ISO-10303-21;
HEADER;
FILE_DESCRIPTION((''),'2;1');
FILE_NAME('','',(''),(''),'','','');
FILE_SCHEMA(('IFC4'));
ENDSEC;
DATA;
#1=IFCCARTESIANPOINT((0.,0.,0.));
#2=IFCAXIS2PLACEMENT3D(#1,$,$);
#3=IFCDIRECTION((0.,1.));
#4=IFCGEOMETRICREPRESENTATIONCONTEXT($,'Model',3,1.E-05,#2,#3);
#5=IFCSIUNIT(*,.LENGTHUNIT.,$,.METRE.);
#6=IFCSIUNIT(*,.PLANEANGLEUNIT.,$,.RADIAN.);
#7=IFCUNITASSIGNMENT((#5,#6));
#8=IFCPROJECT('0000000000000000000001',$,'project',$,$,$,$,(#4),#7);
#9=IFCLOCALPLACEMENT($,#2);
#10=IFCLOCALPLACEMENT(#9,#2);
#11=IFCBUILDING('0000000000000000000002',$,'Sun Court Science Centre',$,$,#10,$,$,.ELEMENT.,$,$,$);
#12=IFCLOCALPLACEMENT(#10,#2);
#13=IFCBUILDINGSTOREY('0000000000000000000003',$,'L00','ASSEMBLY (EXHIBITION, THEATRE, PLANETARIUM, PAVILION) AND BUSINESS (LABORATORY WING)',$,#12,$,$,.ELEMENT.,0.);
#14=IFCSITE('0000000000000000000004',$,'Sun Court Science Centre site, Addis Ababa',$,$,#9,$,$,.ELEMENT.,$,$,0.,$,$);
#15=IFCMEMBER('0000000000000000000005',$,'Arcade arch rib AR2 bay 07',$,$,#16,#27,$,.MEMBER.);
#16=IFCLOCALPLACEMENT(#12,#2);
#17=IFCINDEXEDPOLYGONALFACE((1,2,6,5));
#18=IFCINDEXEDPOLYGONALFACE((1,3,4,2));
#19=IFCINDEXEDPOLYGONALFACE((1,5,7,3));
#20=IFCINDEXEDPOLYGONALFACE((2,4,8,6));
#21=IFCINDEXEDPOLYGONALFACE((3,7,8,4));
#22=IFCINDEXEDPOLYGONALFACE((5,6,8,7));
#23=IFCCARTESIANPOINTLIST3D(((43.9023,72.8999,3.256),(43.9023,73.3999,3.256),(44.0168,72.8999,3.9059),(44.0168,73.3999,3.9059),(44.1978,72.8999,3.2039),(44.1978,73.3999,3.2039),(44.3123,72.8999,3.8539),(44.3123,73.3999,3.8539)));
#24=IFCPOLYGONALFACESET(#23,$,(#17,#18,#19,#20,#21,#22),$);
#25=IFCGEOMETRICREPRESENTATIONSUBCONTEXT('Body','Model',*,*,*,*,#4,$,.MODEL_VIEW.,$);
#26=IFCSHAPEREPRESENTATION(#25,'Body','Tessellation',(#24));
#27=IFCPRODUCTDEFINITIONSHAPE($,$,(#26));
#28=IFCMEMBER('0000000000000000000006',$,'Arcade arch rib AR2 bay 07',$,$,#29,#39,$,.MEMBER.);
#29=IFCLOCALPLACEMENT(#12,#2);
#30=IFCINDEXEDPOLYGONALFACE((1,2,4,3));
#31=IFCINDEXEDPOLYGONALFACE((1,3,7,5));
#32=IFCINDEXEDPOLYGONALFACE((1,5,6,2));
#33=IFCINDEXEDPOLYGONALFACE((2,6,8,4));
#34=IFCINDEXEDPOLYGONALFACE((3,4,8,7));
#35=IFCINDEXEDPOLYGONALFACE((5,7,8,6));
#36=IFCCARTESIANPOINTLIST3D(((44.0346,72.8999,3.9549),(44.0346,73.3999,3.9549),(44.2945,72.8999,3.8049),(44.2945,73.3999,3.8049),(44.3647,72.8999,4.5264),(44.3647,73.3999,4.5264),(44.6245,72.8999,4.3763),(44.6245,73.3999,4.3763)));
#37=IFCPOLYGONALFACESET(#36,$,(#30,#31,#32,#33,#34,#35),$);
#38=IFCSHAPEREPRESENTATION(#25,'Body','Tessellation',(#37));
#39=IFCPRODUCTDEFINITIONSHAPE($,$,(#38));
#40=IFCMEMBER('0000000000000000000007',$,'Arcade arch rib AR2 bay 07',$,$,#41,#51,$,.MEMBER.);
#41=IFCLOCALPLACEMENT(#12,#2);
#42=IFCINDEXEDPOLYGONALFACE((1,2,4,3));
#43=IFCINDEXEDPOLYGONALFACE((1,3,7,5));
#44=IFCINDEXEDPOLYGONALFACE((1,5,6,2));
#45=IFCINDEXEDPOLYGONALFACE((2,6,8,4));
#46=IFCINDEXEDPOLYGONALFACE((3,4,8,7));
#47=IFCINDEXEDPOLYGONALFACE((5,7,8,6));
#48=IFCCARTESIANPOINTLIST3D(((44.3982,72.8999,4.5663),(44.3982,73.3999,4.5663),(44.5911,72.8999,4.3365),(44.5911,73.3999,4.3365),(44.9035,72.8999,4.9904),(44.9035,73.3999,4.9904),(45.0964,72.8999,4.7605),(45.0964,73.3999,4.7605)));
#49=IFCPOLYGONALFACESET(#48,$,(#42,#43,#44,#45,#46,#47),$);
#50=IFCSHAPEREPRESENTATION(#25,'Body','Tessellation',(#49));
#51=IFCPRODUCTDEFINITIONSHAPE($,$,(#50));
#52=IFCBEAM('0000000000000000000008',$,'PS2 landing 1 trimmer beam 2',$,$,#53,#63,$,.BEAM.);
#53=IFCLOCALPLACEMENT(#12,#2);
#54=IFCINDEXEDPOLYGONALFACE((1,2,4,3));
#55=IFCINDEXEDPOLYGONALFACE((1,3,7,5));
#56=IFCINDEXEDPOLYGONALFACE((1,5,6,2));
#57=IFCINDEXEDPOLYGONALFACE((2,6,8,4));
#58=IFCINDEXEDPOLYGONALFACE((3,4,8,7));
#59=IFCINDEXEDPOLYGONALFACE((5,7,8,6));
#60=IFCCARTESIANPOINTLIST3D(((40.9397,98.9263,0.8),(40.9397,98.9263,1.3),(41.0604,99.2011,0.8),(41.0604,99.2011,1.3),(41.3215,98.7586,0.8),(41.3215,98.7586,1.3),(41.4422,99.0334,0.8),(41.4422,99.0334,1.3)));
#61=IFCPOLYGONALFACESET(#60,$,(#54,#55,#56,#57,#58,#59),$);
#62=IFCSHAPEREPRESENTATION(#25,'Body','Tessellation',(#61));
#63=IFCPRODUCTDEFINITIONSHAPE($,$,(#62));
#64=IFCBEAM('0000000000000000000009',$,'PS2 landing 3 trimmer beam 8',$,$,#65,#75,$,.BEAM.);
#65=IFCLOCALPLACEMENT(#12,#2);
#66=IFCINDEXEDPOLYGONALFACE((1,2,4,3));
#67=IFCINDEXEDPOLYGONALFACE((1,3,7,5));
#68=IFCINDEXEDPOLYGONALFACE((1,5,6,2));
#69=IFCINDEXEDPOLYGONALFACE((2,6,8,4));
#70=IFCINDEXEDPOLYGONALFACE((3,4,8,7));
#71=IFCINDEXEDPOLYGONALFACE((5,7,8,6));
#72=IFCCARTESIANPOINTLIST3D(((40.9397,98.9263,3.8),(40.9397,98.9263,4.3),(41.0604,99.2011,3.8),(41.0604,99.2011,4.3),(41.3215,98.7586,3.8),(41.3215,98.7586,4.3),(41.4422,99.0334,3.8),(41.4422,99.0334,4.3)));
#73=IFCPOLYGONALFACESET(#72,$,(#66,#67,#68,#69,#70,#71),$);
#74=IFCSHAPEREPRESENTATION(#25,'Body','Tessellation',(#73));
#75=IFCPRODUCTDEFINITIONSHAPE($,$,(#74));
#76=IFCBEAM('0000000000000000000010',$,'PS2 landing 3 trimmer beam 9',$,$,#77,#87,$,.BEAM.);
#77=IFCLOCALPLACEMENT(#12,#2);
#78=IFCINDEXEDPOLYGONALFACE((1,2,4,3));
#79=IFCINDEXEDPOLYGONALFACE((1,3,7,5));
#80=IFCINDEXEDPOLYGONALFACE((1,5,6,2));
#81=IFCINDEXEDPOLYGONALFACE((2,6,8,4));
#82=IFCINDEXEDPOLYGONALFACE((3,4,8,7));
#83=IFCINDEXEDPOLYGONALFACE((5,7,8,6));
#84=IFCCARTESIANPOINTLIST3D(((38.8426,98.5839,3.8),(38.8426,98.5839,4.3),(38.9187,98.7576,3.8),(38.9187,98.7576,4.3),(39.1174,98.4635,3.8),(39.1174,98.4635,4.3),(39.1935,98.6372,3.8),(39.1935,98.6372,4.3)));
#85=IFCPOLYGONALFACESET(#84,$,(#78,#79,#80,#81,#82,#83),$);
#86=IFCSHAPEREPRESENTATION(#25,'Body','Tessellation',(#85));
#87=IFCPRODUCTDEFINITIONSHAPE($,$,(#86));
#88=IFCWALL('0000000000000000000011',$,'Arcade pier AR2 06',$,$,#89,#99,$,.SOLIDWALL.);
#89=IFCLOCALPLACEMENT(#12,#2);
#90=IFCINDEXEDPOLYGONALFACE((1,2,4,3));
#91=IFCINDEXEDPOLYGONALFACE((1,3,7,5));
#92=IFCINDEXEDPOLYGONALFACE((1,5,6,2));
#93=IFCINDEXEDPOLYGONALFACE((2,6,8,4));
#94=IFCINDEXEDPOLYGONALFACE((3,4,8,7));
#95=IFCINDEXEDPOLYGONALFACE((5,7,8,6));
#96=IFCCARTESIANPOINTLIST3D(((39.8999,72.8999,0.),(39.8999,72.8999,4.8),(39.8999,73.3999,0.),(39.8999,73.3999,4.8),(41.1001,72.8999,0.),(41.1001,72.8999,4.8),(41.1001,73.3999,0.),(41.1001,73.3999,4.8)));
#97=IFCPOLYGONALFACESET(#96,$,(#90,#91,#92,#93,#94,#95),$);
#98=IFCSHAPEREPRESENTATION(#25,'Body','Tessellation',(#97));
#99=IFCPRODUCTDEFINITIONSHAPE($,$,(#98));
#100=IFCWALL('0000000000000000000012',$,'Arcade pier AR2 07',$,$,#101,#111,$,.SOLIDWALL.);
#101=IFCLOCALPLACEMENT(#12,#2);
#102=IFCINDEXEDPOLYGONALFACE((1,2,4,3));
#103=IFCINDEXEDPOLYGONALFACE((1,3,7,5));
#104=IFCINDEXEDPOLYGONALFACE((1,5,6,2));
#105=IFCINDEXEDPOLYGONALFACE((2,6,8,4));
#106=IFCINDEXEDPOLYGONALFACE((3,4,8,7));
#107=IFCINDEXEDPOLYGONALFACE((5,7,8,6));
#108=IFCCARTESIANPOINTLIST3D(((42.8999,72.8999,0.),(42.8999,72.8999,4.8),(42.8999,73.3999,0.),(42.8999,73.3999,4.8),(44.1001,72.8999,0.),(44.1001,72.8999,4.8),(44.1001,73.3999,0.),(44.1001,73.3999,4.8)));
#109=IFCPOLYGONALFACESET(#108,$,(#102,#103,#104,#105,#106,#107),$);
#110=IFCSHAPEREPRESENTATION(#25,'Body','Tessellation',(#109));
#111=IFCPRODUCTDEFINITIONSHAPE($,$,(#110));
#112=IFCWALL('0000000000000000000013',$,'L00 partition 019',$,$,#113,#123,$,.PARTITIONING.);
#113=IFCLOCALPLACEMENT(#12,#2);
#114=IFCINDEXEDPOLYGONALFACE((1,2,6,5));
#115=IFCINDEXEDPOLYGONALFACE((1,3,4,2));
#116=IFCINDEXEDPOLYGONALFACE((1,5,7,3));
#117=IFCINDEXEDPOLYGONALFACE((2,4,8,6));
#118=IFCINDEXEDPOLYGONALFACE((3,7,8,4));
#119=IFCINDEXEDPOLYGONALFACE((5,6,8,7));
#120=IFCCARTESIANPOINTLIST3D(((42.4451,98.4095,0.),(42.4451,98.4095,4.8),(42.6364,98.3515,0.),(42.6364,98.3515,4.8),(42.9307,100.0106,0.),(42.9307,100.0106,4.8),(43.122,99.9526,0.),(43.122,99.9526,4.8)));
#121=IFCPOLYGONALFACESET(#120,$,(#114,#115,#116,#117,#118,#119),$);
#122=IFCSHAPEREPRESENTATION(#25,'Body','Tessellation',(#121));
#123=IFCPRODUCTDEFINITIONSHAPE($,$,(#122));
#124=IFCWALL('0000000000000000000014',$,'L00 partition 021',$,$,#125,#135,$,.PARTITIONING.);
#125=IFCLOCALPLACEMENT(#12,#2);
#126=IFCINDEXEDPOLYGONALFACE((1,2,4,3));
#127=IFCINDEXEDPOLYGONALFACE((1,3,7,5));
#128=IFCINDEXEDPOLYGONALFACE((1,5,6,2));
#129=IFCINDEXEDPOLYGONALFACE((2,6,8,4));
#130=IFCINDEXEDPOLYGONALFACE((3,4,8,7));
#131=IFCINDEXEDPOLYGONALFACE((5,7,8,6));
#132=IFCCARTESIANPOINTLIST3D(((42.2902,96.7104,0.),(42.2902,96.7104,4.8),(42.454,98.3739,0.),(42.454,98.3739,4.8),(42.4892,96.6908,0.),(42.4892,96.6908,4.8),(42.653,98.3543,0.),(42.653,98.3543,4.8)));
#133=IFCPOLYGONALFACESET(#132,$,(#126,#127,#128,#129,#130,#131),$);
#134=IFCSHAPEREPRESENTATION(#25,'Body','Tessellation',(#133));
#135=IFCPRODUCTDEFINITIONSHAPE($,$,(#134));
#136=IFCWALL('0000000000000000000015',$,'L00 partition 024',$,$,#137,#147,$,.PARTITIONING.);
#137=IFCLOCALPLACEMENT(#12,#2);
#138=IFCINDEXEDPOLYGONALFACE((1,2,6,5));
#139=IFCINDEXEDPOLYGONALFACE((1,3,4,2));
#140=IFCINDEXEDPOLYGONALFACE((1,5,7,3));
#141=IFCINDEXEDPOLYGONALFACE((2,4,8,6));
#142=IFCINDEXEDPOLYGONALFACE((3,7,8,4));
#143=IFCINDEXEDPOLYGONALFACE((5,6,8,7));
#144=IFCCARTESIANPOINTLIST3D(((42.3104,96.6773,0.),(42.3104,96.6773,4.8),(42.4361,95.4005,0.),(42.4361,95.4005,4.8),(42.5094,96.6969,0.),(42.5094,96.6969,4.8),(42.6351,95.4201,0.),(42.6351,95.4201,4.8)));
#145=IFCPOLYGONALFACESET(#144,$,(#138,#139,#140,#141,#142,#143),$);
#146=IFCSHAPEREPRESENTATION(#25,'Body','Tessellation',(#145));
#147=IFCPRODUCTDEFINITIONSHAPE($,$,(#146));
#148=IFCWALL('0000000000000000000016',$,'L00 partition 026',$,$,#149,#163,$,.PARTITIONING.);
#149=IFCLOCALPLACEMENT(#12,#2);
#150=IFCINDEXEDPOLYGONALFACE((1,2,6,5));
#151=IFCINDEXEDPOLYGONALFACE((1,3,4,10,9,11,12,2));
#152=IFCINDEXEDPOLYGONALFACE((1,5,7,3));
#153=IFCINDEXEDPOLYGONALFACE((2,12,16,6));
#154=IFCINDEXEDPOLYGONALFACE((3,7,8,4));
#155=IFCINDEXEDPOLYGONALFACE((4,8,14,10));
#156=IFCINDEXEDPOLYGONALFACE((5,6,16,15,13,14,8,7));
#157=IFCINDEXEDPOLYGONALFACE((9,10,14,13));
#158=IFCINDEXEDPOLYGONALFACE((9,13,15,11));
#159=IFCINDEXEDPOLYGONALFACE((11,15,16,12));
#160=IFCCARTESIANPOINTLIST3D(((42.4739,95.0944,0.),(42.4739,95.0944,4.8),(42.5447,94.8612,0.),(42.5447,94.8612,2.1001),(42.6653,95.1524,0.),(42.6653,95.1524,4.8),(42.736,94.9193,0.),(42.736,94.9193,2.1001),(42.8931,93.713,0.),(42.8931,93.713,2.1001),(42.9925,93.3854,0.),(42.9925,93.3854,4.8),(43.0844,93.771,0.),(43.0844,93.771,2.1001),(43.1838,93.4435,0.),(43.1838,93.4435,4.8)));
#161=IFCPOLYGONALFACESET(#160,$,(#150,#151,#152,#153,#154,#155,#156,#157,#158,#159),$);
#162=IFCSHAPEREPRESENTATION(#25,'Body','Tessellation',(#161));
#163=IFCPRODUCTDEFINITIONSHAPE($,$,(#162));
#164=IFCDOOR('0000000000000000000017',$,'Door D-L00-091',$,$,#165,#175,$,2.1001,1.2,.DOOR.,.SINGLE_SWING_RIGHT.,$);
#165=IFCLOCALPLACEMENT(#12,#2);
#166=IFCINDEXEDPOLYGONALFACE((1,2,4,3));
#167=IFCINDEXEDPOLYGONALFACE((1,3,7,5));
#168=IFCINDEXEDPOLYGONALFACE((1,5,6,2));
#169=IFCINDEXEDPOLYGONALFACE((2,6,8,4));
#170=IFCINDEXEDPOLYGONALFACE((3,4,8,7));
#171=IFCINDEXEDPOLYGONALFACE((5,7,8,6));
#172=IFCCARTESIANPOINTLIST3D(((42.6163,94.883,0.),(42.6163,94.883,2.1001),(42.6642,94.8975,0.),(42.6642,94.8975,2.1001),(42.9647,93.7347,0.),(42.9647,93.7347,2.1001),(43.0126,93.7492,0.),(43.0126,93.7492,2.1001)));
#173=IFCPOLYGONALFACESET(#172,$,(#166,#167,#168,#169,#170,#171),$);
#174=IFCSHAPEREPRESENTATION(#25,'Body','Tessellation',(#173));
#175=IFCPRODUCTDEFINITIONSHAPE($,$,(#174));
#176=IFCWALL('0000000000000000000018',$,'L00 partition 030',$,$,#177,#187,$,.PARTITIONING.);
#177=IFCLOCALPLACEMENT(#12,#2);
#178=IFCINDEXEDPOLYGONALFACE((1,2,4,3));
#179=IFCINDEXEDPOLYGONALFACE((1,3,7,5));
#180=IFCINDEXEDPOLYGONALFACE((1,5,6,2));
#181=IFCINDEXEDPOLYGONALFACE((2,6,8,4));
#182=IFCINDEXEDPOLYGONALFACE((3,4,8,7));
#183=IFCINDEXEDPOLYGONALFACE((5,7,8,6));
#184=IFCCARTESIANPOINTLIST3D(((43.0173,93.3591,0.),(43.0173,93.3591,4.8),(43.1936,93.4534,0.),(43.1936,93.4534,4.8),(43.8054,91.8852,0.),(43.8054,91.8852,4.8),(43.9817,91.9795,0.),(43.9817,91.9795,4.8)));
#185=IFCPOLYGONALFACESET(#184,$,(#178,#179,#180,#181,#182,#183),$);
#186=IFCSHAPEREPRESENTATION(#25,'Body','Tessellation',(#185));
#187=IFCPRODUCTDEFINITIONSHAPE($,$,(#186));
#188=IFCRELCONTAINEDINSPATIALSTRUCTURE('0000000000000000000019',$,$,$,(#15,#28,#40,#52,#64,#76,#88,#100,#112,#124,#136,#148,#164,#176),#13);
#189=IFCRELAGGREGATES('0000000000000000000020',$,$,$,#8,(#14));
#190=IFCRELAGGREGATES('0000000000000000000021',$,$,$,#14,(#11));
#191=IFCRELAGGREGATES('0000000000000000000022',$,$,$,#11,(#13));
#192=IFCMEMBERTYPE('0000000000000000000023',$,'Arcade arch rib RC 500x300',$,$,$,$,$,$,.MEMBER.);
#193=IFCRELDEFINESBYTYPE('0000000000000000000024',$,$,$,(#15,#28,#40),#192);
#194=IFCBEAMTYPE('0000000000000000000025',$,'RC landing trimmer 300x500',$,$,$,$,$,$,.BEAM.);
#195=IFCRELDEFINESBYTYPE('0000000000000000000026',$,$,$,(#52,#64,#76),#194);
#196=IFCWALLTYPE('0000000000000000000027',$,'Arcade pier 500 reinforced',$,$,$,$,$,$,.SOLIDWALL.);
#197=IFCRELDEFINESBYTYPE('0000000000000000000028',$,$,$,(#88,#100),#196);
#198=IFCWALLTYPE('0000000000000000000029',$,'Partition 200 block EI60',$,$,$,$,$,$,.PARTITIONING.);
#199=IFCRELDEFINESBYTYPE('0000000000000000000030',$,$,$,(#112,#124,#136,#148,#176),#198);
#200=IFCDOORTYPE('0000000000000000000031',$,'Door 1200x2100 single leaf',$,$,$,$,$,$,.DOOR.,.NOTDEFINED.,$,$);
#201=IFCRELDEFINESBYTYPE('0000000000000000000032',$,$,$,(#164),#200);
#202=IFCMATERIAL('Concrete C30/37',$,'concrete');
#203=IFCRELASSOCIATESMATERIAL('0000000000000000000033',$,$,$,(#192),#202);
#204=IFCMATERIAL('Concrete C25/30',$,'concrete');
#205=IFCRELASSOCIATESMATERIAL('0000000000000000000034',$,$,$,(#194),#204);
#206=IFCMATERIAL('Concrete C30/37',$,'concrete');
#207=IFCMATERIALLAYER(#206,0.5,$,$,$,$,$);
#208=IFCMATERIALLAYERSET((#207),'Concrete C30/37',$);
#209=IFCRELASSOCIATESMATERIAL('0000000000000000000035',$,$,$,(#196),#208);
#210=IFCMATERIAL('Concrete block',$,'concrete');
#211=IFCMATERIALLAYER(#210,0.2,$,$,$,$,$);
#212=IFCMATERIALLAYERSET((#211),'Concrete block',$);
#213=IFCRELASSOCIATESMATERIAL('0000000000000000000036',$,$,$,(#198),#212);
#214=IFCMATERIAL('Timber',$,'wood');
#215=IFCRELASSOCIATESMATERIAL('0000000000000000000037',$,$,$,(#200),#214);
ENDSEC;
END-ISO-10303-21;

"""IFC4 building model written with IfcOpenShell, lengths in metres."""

from ifc_helpers import new_model, si_unit, direction, frame, frame_2d, origin, origin_2d, place, context, subcontext, project, spatial, rectangle, extrude, material, layer, layer_set, material_profile, profile_set, type_object, element, fill, save


model = new_model("IFC4")

# Units and contexts
model_context = context("Model", 3, precision=1e-05, world=origin(), true_north=direction((0.0, 1.0)))
body_context = subcontext(model_context, "Body", "Model", "MODEL_VIEW")
ifc_project = project(units=[si_unit("LENGTHUNIT", "METRE"), si_unit("PLANEANGLEUNIT", "RADIAN")], contexts=[model_context])

# Site, building, storey
site_placement = place(None, origin())
site = spatial("IfcSite", under=ifc_project, at=site_placement, Name="Sun Court Science Centre site, Addis Ababa", CompositionType="ELEMENT", RefElevation=0.0)
building_placement = place(site_placement, origin())
building = spatial("IfcBuilding", under=site, at=building_placement, Name="Sun Court Science Centre", CompositionType="ELEMENT")
storey_placement = place(building_placement, origin())
storey = spatial("IfcBuildingStorey", under=building, at=storey_placement, Name="L00", Description="ASSEMBLY (EXHIBITION, THEATRE, PLANETARIUM, PAVILION) AND BUSINESS (LABORATORY WING)", CompositionType="ELEMENT", Elevation=0.0)

# Members
ifc_material_1 = material(Name="Concrete C30/37", Category="concrete")
ifc_material_profile_1 = material_profile(ifc_material_1, rectangle(XDim=0.5, YDim=0.3, at=origin_2d()), Name="RC 500x300")
ifc_profile_set_1 = profile_set([ifc_material_profile_1], Name="Concrete C30/37")
member_type = type_object("IfcMemberType", Name="Arcade arch rib RC 500x300", PredefinedType="MEMBER", material=ifc_profile_set_1)
for number, where, z_axis, x_axis, name in (
    (1, (44.05, 73.1499, 3.23), (0.173511, 0.0, 0.984832), (0.0, 1.0, 0.0), "Arcade arch rib AR2 bay 07"),
    (2, (44.1646, 73.1499, 3.8799), (0.500117, 0.0, 0.865958), (0.0, 1.0, 0.0), "Arcade arch rib AR2 bay 07"),
):
    element("IfcMember", number, at=place(storey_placement, frame(where, z_axis=z_axis, x_axis=x_axis)), inside=storey, type_object=member_type, Name=name, PredefinedType="MEMBER", context=body_context, shape_type="SweptSolid", body=[
        extrude(rectangle(XDim=0.5, YDim=0.3, at=origin_2d()), origin(), (0.0, 0.0, 1.0), 0.6599),
    ])
member_1_placement = place(storey_placement, frame((44.4946, 73.1499, 4.4514), z_axis=(0.766033, 0.0, 0.642801), x_axis=(0.0, 1.0, 0.0)))
element("IfcMember", 3, at=member_1_placement, inside=storey, type_object=member_type, Name="Arcade arch rib AR2 bay 07", PredefinedType="MEMBER", context=body_context, shape_type="SweptSolid", body=[
    extrude(rectangle(XDim=0.5, YDim=0.3, at=origin_2d()), origin(), (0.0, 0.0, 1.0), 0.6597),
])

# Beams
ifc_material_2 = material(Name="Concrete C25/30", Category="concrete")
ifc_material_profile_2 = material_profile(ifc_material_2, rectangle(XDim=0.3, YDim=0.5, at=origin_2d()), Name="RC 300x500")
ifc_profile_set_2 = profile_set([ifc_material_profile_2], Name="Concrete C25/30")
beam_type = type_object("IfcBeamType", Name="RC landing trimmer 300x500", PredefinedType="BEAM", material=ifc_profile_set_2)
for number, where, z_axis, x_axis, name in (
    (4, (41.3818, 98.896, 1.05), (-0.915565, 0.40217, 0.0), (-0.40217, -0.915565, 0.0), "PS2 landing 1 trimmer beam 2"),
    (5, (41.3818, 98.896, 4.05), (-0.915565, 0.40217, 0.0), (-0.40217, -0.915565, 0.0), "PS2 landing 3 trimmer beam 8"),
):
    element("IfcBeam", number, at=place(storey_placement, frame(where, z_axis=z_axis, x_axis=x_axis)), inside=storey, type_object=beam_type, Name=name, PredefinedType="BEAM", context=body_context, shape_type="SweptSolid", body=[
        extrude(rectangle(XDim=0.3, YDim=0.5, at=origin_2d()), origin(), (0.0, 0.0, 1.0), 0.417),
    ])
beam_placement = place(storey_placement, frame((38.98, 98.5237, 4.05), z_axis=(0.401359, 0.915921, 0.0), x_axis=(-0.915921, 0.401359, 0.0)))
element("IfcBeam", 6, at=beam_placement, inside=storey, type_object=beam_type, Name="PS2 landing 3 trimmer beam 9", PredefinedType="BEAM", context=body_context, shape_type="SweptSolid", body=[
    extrude(rectangle(XDim=0.3, YDim=0.5, at=origin_2d()), origin(), (0.0, 0.0, 1.0), 0.1897),
])

# Walls
ifc_material_3 = material(Name="Concrete C30/37", Category="concrete")
ifc_layer_1 = layer(ifc_material_3, 0.5)
ifc_layer_set_1 = layer_set([ifc_layer_1], Name="Concrete C30/37")
wall_type_1 = type_object("IfcWallType", Name="Arcade pier 500 reinforced", PredefinedType="SOLIDWALL", material=ifc_layer_set_1)
for number, where, z_axis, x_axis, name in (
    (7, (39.8999, 73.1499, 0.0), (0.0, 0.0, 1.0), (1.0, 0.0, 0.0), "Arcade pier AR2 06"),
    (8, (42.8999, 73.1499, 0.0), (0.0, 0.0, 1.0), (1.0, 0.0, 0.0), "Arcade pier AR2 07"),
):
    element("IfcWall", number, at=place(storey_placement, frame(where, z_axis=z_axis, x_axis=x_axis)), inside=storey, type_object=wall_type_1, Name=name, PredefinedType="SOLIDWALL", context=body_context, shape_type="SweptSolid", body=[
        extrude(rectangle(XDim=1.2002, YDim=0.5, at=frame_2d((0.6001, 0.0))), origin(), (0.0, 0.0, 1.0), 4.8),
    ])
ifc_material_4 = material(Name="Concrete block", Category="concrete")
ifc_layer_2 = layer(ifc_material_4, 0.2)
ifc_layer_set_2 = layer_set([ifc_layer_2], Name="Concrete block")
wall_type_2 = type_object("IfcWallType", Name="Partition 200 block EI60", PredefinedType="PARTITIONING", material=ifc_layer_set_2)
wall_1_placement = place(storey_placement, frame((42.5408, 98.3806, 0.0), z_axis=(0.0, 0.0, 1.0), x_axis=(0.290238, 0.956954, 0.0)))
element("IfcWall", 9, at=wall_1_placement, inside=storey, type_object=wall_type_2, Name="L00 partition 019", PredefinedType="PARTITIONING", context=body_context, shape_type="SweptSolid", body=[
    extrude(rectangle(XDim=1.6731, YDim=0.2, at=frame_2d((0.8364, 0.0))), origin(), (0.0, 0.0, 1.0), 4.8),
])
wall_2_placement = place(storey_placement, frame((42.3896, 96.7004, 0.0), z_axis=(0.0, 0.0, 1.0), x_axis=(0.098, 0.995186, 0.0)))
element("IfcWall", 10, at=wall_2_placement, inside=storey, type_object=wall_type_2, Name="L00 partition 021", PredefinedType="PARTITIONING", context=body_context, shape_type="SweptSolid", body=[
    extrude(rectangle(XDim=1.6716, YDim=0.2, at=frame_2d((0.8359, 0.0))), origin(), (0.0, 0.0, 1.0), 4.8),
])
wall_3_placement = place(storey_placement, frame((42.5356, 95.4102, 0.0), z_axis=(0.0, 0.0, 1.0), x_axis=(-0.097996, 0.995187, 0.0)))
element("IfcWall", 11, at=wall_3_placement, inside=storey, type_object=wall_type_2, Name="L00 partition 024", PredefinedType="PARTITIONING", context=body_context, shape_type="SweptSolid", body=[
    extrude(rectangle(XDim=1.283, YDim=0.2, at=frame_2d((0.6416, 0.0))), origin(), (0.0, 0.0, 1.0), 4.8),
])

# Wall, opening, door
wall_4_placement = place(storey_placement, frame((42.5696, 95.1235, 0.0), z_axis=(0.0, 0.0, 1.0), x_axis=(0.290356, -0.956919, 0.0)))
wall_4 = element("IfcWall", 12, at=wall_4_placement, inside=storey, type_object=wall_type_2, Name="L00 partition 026", PredefinedType="PARTITIONING", context=body_context, shape_type="SweptSolid", body=[
    extrude(rectangle(XDim=1.7859, YDim=0.2, at=frame_2d((0.8931, 0.0))), origin(), (0.0, 0.0, 1.0), 4.8),
])
opening_placement = place(wall_4_placement, frame((0.2437, 0.0, 0.0)))
opening = element("IfcOpeningElement", 13, at=opening_placement, cuts=wall_4, PredefinedType="OPENING", context=body_context, shape_type="SweptSolid", body=[
    extrude(rectangle(XDim=1.2, YDim=2.1001, at=frame_2d((0.6001, 1.05))), frame((0.0, 0.1099, 0.0), z_axis=(0.0, -1.0, 0.0), x_axis=(1.0, 0.0, 0.0)), (0.0, 0.0, 1.0), 0.22),
])
ifc_material_5 = material(Name="Timber", Category="wood")
door_type = type_object("IfcDoorType", Name="Door 1200x2100 single leaf", OperationType="NOTDEFINED", PredefinedType="DOOR", material=ifc_material_5)
door_placement = place(opening_placement, origin())
door = element("IfcDoor", 14, at=door_placement, inside=storey, type_object=door_type, Name="Door D-L00-091", OperationType="SINGLE_SWING_RIGHT", OverallHeight=2.1001, OverallWidth=1.2, PredefinedType="DOOR", context=body_context, shape_type="SweptSolid", body=[
    extrude(rectangle(XDim=1.2, YDim=2.1001, at=frame_2d((0.6001, 1.05))), frame((0.0, 0.0249, 0.0), z_axis=(0.0, -1.0, 0.0), x_axis=(1.0, 0.0, 0.0)), (0.0, 0.0, 1.0), 0.05),
])
fill(opening, door)

# Wall
wall_5_placement = place(storey_placement, frame((43.8936, 91.9324, 0.0), z_axis=(0.0, 0.0, 1.0), x_axis=(-0.471528, 0.881851, 0.0)))
element("IfcWall", 15, at=wall_5_placement, inside=storey, type_object=wall_type_2, Name="L00 partition 030", PredefinedType="PARTITIONING", context=body_context, shape_type="SweptSolid", body=[
    extrude(rectangle(XDim=1.6714, YDim=0.2, at=frame_2d((0.8357, 0.0))), origin(), (0.0, 0.0, 1.0), 4.8),
])

save(model, "model.ifc")
